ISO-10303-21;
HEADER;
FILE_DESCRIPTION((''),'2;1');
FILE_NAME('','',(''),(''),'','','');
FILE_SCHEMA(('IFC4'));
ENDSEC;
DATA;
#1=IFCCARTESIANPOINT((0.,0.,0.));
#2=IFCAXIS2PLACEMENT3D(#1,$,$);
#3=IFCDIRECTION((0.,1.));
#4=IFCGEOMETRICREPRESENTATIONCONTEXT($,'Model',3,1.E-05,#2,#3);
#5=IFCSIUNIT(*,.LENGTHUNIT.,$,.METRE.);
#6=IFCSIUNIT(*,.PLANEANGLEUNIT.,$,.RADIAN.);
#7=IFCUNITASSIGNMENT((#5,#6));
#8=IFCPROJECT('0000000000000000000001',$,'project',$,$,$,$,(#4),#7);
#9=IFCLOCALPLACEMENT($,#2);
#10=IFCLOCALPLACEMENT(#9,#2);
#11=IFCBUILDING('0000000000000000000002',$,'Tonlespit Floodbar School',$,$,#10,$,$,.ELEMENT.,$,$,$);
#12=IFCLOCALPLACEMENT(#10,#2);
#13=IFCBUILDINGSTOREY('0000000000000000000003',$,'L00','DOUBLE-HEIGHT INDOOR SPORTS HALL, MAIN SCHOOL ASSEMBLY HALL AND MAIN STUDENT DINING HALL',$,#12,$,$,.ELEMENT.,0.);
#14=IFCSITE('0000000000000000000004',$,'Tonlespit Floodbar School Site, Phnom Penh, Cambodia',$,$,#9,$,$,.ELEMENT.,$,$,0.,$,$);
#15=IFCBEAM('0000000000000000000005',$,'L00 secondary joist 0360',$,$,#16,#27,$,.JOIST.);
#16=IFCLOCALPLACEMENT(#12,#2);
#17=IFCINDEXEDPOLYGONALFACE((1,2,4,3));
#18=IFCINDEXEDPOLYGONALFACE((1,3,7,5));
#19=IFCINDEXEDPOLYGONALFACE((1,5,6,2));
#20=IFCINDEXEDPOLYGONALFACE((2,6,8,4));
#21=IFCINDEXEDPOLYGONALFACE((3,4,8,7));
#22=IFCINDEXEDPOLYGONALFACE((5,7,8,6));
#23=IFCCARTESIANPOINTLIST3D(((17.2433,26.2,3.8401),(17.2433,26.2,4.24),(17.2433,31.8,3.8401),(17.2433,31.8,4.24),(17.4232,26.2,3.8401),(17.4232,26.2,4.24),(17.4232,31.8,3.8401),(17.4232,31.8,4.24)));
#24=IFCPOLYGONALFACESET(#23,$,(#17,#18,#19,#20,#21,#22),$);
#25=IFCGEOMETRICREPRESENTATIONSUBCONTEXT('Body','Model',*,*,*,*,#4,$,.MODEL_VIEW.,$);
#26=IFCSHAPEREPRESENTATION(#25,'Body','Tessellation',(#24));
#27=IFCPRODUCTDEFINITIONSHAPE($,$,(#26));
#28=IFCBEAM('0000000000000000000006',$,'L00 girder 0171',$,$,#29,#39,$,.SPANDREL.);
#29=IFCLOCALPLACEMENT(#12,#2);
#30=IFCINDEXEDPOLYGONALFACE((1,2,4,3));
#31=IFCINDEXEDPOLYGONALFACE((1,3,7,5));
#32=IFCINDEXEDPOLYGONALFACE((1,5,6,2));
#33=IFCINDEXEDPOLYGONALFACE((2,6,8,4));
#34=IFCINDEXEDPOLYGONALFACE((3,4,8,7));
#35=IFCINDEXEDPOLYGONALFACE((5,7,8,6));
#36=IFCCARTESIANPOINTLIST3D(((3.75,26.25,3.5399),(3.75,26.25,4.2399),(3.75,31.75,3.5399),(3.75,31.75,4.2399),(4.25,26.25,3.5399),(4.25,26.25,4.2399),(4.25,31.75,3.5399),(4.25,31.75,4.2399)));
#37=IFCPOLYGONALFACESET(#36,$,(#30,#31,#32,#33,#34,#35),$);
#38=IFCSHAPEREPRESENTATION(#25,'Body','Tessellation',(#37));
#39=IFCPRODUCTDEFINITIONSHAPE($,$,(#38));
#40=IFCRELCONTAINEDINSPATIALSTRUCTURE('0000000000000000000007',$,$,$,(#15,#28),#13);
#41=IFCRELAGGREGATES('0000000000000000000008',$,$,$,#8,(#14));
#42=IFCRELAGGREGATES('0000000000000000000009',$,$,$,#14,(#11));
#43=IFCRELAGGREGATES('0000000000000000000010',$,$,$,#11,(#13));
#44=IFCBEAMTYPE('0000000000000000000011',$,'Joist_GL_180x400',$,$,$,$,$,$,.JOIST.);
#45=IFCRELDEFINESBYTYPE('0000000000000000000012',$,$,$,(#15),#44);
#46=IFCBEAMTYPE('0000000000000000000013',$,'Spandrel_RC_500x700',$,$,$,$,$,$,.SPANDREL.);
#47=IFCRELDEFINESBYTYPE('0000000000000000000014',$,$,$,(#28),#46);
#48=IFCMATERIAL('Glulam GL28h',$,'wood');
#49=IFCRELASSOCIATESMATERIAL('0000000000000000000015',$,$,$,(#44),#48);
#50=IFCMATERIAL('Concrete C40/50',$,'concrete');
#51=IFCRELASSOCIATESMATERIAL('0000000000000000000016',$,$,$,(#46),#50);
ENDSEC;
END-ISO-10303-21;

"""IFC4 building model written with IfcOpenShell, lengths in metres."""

from ifc_helpers import new_model, si_unit, direction, frame, origin, origin_2d, place, context, subcontext, project, spatial, rectangle, extrude, material, material_profile, profile_set, type_object, element, save


model = new_model("IFC4")

# Units and contexts
model_context = context("Model", 3, precision=1e-05, world=origin(), true_north=direction((0.0, 1.0)))
body_context = subcontext(model_context, "Body", "Model", "MODEL_VIEW")
ifc_project = project(units=[si_unit("LENGTHUNIT", "METRE"), si_unit("PLANEANGLEUNIT", "RADIAN")], contexts=[model_context])

# Site, building, storey
site_placement = place(None, origin())
site = spatial("IfcSite", under=ifc_project, at=site_placement, Name="Tonlespit Floodbar School Site, Phnom Penh, Cambodia", CompositionType="ELEMENT", RefElevation=0.0)
building_placement = place(site_placement, origin())
building = spatial("IfcBuilding", under=site, at=building_placement, Name="Tonlespit Floodbar School", CompositionType="ELEMENT")
storey_placement = place(building_placement, origin())
storey = spatial("IfcBuildingStorey", under=building, at=storey_placement, Name="L00", Description="DOUBLE-HEIGHT INDOOR SPORTS HALL, MAIN SCHOOL ASSEMBLY HALL AND MAIN STUDENT DINING HALL", CompositionType="ELEMENT", Elevation=0.0)

# Shared definitions
ifc_material_1 = material(Name="Concrete C40/50", Category="concrete")

# Beams
ifc_material_2 = material(Name="Glulam GL28h", Category="wood")
ifc_material_profile_1 = material_profile(ifc_material_2, rectangle(XDim=0.1799, YDim=0.3999, at=origin_2d()), Name="GL 180x400")
ifc_profile_set_1 = profile_set([ifc_material_profile_1], Name="Glulam GL28h")
beam_type_1 = type_object("IfcBeamType", Name="Joist_GL_180x400", PredefinedType="JOIST", material=ifc_profile_set_1)
for number, where, z_axis, x_axis, name in (
    (1, (17.3333, 26.2, 4.04), (0.0, 1.0, 0.0), (-1.0, 0.0, 0.0), "L00 secondary joist 0360"),
):
    element("IfcBeam", number, at=place(storey_placement, frame(where, z_axis=z_axis, x_axis=x_axis)), inside=storey, type_object=beam_type_1, Name=name, PredefinedType="JOIST", context=body_context, shape_type="SweptSolid", body=[
        extrude(rectangle(XDim=0.1799, YDim=0.3999, at=origin_2d()), origin(), (0.0, 0.0, 1.0), 5.6001),
    ])
ifc_material_profile_2 = material_profile(ifc_material_1, rectangle(XDim=0.5, YDim=0.7, at=origin_2d()), Name="RC 500x700")
ifc_profile_set_2 = profile_set([ifc_material_profile_2], Name="Concrete C40/50")
beam_type_2 = type_object("IfcBeamType", Name="Spandrel_RC_500x700", PredefinedType="SPANDREL", material=ifc_profile_set_2)
beam_1_placement = place(storey_placement, frame((4.0, 26.25, 3.8899), z_axis=(0.0, 1.0, 0.0), x_axis=(-1.0, 0.0, 0.0)))
element("IfcBeam", 2, at=beam_1_placement, inside=storey, type_object=beam_type_2, Name="L00 girder 0171", PredefinedType="SPANDREL", context=body_context, shape_type="SweptSolid", body=[
    extrude(rectangle(XDim=0.5, YDim=0.7, at=origin_2d()), origin(), (0.0, 0.0, 1.0), 5.5),
])

save(model, "model.ifc")
